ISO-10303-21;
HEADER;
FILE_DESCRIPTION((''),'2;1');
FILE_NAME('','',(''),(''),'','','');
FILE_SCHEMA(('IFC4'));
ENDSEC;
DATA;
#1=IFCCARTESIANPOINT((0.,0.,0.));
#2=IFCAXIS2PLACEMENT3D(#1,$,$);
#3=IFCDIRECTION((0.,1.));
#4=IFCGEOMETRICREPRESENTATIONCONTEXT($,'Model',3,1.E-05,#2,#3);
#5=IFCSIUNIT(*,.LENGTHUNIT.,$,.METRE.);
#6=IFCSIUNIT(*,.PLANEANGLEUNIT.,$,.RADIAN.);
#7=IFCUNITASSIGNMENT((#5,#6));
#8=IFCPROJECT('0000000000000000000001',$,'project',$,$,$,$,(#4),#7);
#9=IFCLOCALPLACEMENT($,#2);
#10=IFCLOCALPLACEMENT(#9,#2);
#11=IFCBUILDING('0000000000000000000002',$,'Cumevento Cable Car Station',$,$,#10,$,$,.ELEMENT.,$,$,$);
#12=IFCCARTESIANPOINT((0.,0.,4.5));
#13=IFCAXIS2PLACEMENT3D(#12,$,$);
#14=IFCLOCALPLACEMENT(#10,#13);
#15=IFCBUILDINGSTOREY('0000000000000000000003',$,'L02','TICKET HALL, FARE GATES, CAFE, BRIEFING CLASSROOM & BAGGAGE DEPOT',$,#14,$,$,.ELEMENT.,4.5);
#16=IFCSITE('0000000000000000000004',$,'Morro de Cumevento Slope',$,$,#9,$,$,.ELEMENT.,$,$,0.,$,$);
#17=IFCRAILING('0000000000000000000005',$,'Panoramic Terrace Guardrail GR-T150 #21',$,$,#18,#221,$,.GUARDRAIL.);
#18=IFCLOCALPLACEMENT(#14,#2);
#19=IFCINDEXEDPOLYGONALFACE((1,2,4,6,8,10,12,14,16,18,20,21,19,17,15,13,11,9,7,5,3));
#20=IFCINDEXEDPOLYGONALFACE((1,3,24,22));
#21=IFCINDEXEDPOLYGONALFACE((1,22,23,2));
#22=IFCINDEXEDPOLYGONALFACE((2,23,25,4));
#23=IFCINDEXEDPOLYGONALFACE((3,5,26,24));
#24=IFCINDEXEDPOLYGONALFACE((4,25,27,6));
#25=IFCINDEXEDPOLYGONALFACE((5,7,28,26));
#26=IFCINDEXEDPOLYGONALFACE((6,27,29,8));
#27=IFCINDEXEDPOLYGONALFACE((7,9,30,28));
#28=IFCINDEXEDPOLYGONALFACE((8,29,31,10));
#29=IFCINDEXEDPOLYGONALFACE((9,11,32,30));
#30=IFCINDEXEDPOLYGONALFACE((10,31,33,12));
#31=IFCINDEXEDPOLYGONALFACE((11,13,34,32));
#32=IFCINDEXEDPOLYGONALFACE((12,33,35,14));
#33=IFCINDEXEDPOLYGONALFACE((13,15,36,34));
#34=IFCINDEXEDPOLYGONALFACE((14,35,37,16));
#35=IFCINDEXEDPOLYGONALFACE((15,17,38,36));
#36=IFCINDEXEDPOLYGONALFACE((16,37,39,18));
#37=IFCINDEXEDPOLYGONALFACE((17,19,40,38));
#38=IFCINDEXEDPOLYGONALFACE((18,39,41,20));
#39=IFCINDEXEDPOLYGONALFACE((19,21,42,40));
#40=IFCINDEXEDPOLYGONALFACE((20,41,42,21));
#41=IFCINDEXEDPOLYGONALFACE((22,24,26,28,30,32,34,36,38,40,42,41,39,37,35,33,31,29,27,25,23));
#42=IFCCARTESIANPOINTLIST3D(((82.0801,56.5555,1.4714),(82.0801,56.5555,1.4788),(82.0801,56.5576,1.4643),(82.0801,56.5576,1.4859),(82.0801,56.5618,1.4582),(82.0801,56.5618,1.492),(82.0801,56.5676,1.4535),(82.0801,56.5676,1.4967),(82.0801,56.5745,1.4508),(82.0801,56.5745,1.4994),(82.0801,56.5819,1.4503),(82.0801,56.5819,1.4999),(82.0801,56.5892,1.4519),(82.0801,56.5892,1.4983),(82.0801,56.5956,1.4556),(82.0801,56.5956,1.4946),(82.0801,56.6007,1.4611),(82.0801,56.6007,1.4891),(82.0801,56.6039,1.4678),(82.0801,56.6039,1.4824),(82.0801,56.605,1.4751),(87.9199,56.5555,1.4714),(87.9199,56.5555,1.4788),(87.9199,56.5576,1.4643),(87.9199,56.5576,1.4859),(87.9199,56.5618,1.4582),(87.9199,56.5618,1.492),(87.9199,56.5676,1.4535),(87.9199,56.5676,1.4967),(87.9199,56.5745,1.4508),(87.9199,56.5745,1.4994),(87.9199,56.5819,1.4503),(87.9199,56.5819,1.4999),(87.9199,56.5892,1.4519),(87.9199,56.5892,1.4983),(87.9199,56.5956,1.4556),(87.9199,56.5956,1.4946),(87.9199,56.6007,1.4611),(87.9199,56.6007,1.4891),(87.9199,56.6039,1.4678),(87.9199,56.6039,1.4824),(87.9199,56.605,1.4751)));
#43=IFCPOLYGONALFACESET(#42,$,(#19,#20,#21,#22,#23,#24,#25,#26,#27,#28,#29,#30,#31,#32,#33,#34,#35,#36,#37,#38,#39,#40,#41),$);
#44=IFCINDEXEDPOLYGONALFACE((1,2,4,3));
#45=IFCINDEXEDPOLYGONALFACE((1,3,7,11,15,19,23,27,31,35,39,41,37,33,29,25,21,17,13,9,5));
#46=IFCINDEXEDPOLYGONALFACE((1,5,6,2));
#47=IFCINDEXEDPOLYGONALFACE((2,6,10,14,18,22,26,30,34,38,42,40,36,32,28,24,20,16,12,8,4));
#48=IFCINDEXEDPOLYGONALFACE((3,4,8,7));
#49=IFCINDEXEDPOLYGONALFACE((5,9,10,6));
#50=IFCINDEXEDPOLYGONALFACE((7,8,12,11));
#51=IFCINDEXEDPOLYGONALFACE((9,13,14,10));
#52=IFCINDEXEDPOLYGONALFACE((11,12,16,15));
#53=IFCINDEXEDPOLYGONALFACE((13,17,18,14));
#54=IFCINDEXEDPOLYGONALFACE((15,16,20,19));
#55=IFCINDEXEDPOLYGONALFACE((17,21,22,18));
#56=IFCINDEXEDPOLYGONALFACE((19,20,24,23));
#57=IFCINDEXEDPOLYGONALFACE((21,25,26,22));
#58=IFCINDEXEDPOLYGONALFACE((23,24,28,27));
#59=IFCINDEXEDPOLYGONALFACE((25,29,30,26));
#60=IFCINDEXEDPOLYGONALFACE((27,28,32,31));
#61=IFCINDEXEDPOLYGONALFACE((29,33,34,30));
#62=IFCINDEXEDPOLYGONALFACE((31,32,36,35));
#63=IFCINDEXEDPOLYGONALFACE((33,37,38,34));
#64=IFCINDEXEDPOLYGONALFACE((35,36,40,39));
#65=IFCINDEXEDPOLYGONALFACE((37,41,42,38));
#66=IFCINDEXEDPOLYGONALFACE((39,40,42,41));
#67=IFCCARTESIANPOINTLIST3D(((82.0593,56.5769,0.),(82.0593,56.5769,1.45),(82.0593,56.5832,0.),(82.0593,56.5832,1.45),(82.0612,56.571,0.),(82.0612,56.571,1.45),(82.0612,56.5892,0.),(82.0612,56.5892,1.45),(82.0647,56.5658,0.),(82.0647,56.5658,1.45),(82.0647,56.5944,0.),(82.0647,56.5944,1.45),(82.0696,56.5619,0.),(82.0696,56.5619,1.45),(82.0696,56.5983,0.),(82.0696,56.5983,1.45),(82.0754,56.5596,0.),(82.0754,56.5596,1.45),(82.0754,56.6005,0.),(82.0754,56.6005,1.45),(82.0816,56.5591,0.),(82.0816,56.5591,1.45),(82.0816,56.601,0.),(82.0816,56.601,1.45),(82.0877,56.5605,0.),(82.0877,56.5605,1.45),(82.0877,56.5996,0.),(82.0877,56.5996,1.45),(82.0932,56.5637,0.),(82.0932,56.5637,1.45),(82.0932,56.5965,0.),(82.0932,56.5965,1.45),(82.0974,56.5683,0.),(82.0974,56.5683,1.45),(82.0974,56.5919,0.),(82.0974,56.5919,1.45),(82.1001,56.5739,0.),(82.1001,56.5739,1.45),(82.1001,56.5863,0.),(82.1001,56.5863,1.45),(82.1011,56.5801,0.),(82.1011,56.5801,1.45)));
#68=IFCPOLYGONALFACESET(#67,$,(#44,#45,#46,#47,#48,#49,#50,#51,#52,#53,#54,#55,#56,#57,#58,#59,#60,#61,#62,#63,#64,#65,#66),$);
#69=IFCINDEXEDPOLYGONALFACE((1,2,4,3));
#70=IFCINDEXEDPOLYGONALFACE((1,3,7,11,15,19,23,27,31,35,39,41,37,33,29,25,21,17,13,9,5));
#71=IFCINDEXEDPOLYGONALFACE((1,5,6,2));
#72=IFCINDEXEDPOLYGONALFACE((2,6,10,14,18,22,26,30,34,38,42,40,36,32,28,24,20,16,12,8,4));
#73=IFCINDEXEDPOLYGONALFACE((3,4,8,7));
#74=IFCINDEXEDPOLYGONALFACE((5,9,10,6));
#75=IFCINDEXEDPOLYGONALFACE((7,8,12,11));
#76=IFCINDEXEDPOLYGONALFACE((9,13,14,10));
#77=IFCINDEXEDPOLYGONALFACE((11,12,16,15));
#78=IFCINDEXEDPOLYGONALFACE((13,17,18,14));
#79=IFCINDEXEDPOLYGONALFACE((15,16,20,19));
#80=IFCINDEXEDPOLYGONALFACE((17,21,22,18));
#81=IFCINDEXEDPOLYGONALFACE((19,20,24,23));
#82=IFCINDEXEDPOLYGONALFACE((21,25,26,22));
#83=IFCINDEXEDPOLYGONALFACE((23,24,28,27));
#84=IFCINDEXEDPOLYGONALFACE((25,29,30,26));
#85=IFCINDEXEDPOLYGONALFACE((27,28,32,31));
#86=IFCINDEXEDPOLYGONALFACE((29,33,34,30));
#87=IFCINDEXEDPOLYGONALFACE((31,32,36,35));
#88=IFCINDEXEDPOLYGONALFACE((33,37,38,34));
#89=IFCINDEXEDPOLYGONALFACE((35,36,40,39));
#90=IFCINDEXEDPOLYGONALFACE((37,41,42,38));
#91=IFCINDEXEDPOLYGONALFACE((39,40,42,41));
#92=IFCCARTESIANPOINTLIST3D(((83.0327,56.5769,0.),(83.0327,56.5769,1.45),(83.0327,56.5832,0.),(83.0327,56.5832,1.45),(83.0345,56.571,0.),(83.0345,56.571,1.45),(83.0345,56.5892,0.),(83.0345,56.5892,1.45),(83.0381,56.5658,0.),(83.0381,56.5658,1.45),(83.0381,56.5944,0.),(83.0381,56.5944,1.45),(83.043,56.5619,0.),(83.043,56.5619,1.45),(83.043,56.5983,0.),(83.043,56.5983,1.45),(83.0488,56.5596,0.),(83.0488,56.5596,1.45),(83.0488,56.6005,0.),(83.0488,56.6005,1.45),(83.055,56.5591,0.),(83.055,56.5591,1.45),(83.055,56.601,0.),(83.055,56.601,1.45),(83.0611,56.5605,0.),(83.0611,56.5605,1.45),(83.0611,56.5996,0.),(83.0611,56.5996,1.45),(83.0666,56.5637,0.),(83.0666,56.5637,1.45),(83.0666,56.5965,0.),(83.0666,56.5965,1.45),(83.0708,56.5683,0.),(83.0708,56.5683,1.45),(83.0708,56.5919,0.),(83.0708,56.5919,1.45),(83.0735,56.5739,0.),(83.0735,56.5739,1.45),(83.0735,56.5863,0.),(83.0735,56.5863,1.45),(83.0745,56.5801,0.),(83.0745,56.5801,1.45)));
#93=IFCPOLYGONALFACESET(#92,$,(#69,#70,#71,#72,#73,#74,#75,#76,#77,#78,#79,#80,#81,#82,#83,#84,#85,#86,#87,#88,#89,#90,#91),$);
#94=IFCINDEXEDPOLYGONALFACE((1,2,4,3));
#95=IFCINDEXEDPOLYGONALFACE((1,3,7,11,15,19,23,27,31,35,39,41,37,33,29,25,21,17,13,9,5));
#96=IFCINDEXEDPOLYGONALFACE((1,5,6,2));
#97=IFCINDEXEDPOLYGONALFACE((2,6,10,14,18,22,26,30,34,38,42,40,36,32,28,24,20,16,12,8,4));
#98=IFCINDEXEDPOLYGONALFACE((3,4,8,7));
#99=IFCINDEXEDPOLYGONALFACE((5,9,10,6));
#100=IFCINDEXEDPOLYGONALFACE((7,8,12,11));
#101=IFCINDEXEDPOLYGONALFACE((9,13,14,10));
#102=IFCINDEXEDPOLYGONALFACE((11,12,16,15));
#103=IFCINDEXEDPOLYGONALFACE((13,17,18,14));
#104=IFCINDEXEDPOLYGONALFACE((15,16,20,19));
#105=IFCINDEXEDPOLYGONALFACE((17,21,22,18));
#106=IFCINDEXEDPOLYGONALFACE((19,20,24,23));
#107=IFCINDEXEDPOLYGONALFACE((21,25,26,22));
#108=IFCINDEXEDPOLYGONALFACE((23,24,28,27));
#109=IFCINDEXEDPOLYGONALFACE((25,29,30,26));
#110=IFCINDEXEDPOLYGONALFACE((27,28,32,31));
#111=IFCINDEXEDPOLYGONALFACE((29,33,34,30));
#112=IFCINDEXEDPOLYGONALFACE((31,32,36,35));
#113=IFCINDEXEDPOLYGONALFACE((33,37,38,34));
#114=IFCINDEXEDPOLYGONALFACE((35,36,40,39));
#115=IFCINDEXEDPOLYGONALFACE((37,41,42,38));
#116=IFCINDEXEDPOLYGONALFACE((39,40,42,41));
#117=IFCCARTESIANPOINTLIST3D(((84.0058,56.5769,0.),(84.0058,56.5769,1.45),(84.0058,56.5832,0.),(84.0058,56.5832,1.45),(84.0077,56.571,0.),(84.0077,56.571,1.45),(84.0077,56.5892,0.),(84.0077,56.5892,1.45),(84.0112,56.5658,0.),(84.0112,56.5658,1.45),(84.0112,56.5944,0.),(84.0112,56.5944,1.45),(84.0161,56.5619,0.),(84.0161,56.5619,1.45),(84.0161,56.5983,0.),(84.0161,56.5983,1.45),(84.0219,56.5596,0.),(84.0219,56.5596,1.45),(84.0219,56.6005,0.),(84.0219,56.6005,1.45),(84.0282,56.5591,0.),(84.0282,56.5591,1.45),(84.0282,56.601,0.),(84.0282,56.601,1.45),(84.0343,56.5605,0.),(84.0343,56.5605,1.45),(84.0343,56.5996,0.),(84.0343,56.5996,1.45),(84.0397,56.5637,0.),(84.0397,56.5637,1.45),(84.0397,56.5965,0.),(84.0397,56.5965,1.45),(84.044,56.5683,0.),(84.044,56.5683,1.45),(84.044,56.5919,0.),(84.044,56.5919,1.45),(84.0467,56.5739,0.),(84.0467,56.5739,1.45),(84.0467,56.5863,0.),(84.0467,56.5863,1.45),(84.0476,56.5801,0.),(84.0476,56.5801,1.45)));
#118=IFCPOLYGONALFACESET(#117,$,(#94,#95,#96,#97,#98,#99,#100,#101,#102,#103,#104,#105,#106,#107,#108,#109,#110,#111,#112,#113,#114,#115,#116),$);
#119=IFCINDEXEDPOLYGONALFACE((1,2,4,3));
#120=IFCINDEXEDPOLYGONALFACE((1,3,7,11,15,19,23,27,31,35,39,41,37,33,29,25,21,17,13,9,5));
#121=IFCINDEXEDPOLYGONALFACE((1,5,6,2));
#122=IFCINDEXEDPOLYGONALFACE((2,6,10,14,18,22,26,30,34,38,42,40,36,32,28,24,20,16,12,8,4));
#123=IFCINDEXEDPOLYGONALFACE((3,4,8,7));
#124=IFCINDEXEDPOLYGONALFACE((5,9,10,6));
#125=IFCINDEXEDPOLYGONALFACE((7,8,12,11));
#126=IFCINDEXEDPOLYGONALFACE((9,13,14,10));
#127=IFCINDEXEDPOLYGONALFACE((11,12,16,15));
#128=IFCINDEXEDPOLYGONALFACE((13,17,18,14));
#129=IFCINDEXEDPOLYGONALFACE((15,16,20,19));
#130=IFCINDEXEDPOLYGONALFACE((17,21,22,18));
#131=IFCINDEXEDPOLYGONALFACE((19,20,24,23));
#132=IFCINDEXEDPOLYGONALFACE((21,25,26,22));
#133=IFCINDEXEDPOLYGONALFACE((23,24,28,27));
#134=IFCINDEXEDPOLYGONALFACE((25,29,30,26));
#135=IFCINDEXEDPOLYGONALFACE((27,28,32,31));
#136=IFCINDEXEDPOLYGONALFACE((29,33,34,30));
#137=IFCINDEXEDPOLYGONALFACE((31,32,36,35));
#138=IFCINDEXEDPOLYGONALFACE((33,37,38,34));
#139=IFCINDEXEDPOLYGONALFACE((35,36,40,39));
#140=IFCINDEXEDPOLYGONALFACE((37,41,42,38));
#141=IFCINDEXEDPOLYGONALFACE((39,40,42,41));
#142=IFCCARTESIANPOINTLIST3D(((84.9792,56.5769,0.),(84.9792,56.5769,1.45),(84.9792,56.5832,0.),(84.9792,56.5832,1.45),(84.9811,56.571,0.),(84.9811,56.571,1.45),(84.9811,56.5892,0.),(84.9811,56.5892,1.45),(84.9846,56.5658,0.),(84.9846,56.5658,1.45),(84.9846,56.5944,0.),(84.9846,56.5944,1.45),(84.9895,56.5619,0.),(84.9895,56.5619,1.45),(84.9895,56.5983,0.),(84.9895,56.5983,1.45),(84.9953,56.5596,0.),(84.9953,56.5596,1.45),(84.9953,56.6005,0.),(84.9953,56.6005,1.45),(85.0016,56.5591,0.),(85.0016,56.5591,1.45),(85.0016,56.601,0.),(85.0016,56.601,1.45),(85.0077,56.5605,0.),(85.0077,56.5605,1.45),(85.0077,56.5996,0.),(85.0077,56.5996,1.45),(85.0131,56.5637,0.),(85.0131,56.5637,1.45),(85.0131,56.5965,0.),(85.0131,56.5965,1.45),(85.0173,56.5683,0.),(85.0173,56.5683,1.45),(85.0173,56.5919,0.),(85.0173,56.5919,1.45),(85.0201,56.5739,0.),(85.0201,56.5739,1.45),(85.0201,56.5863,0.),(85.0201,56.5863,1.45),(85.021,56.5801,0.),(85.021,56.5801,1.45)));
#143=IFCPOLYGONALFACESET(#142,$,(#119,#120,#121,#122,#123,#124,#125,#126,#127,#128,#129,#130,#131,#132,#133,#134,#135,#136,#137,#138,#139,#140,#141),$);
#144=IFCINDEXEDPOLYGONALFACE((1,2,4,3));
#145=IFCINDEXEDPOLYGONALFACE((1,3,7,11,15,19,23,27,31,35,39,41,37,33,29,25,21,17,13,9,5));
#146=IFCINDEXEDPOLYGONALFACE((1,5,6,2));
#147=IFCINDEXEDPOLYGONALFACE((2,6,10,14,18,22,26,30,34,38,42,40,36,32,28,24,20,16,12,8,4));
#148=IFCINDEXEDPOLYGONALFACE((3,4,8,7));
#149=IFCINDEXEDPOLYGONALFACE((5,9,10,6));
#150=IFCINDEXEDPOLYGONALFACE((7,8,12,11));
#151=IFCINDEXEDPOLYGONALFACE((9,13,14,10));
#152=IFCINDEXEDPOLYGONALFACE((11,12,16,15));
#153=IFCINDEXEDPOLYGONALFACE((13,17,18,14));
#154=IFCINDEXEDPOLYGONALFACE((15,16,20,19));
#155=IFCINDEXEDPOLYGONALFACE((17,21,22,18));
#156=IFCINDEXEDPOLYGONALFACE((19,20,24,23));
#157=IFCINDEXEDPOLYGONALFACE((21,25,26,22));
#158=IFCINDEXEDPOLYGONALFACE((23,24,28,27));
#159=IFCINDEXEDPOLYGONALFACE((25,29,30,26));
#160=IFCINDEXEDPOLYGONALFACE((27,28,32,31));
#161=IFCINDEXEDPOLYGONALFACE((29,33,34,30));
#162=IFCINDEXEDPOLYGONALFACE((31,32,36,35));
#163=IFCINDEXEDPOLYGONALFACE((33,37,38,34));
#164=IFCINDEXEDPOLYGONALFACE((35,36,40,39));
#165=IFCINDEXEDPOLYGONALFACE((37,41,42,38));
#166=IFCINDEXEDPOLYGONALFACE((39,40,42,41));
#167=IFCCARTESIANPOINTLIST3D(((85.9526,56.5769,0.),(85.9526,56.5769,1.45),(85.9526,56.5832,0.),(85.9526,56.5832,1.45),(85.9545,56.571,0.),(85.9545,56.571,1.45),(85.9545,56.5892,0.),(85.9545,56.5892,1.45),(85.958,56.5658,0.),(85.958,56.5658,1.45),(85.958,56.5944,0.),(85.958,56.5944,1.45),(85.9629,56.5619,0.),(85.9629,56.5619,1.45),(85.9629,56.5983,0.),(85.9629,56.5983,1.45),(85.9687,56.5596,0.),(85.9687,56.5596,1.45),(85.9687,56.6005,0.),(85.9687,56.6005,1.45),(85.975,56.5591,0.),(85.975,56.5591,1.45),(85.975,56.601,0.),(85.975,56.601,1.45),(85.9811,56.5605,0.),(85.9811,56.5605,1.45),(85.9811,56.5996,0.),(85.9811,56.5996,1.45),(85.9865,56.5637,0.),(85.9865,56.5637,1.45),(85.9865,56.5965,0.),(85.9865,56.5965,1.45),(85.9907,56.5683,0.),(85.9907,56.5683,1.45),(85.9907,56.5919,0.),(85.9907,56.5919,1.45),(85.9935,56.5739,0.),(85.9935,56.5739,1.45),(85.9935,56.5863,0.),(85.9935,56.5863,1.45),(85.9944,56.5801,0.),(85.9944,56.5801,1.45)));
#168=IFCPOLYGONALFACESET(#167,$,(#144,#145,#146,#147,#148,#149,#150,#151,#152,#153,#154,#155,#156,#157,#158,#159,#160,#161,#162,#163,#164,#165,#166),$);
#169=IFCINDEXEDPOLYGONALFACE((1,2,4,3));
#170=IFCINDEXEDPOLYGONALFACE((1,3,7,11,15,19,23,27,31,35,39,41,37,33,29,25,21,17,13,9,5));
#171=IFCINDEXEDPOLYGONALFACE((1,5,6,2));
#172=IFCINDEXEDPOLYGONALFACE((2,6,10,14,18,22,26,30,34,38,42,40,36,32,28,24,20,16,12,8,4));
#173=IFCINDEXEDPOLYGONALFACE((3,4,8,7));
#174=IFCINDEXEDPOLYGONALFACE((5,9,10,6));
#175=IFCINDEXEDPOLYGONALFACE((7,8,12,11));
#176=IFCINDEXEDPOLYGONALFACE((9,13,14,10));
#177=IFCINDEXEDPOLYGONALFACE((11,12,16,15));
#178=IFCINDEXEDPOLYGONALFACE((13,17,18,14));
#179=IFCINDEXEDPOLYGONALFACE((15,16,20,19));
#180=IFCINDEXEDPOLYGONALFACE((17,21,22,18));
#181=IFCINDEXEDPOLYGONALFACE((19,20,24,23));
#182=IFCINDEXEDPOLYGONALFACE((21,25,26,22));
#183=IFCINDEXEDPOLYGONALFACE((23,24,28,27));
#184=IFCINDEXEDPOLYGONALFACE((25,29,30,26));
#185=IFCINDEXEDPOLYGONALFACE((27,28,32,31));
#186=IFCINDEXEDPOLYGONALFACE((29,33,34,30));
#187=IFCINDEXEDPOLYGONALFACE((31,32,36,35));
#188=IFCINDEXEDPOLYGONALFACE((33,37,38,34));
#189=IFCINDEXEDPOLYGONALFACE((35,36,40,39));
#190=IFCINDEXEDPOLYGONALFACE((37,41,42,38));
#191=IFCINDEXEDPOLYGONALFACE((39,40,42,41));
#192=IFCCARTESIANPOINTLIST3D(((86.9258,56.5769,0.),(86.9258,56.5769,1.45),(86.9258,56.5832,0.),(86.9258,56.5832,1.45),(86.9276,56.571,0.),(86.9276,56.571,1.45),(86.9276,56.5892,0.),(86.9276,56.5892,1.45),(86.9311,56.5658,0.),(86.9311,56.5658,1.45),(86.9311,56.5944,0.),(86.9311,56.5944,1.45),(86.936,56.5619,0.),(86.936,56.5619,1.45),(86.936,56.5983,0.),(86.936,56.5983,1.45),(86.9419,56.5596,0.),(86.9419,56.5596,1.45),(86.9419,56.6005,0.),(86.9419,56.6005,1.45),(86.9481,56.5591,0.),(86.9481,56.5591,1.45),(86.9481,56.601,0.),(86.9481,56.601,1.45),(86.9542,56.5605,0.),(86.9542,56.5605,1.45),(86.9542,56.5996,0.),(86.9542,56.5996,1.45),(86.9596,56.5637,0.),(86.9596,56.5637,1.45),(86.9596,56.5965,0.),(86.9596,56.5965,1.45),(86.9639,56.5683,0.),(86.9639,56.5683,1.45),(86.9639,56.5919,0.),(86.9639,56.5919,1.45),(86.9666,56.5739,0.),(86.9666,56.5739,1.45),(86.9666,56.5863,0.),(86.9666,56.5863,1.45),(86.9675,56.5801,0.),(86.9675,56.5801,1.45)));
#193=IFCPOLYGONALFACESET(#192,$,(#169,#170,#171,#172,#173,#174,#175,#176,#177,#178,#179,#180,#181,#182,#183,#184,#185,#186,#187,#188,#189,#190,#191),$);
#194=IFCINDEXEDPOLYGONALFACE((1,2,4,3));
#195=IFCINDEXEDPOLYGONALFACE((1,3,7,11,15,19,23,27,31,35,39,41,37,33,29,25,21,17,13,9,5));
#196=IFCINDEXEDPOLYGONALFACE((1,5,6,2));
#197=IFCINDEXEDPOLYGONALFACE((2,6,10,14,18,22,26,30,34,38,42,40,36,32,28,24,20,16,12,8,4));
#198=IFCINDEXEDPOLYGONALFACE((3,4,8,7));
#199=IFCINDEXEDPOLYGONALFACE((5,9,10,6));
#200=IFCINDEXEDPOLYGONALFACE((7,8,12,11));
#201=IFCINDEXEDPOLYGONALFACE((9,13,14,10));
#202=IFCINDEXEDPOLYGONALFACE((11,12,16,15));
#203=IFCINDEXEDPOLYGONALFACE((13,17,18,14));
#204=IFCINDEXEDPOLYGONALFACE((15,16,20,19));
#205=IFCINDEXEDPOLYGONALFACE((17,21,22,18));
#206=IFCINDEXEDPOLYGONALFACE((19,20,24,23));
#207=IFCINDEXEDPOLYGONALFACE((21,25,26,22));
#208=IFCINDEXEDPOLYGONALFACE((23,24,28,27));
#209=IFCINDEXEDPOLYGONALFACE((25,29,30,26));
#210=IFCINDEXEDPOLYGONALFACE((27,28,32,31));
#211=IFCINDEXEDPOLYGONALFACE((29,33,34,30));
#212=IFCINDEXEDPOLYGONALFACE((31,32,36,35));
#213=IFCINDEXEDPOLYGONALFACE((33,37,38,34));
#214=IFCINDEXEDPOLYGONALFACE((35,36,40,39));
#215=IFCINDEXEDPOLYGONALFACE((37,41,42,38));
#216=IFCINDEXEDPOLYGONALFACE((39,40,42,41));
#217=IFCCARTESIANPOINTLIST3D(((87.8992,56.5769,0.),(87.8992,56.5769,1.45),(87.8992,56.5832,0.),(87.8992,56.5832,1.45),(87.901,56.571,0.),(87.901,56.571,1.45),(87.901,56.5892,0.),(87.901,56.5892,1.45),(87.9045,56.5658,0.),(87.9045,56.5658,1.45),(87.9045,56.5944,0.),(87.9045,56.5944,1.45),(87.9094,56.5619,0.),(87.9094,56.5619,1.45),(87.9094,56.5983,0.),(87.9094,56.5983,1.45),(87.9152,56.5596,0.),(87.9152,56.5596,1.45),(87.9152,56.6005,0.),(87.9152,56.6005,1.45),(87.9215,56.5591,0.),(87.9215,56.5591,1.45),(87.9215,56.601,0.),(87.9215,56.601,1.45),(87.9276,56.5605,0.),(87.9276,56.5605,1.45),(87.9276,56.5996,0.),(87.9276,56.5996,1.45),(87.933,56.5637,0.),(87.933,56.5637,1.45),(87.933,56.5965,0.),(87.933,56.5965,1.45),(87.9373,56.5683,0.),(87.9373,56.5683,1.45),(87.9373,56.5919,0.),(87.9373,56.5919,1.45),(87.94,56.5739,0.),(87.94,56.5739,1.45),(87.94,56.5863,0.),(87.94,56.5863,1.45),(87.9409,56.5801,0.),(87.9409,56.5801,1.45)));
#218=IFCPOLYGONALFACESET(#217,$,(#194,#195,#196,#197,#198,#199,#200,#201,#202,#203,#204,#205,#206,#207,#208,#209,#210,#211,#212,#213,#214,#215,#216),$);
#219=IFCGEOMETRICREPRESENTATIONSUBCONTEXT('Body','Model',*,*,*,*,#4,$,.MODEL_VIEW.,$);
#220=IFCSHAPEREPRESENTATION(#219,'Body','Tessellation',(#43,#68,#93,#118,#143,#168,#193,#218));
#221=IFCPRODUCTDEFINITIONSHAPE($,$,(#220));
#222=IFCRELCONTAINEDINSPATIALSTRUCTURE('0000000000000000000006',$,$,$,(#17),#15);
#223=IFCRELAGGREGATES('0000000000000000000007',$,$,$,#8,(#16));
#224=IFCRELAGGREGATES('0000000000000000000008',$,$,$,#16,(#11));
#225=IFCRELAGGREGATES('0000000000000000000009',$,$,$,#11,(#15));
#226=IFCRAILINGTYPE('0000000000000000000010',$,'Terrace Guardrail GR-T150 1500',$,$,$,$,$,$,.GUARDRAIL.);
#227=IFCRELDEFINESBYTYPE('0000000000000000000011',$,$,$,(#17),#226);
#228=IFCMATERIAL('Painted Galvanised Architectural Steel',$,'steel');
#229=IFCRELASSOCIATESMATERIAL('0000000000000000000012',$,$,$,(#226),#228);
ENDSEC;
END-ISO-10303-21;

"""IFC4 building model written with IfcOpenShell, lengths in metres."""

from ifc_helpers import new_model, si_unit, direction, frame, origin, origin_2d, place, context, subcontext, project, spatial, circle, extrude, material, type_object, element, save


model = new_model("IFC4")

# Units and contexts
model_context = context("Model", 3, precision=1e-05, world=origin(), true_north=direction((0.0, 1.0)))
body_context = subcontext(model_context, "Body", "Model", "MODEL_VIEW")
ifc_project = project(units=[si_unit("LENGTHUNIT", "METRE"), si_unit("PLANEANGLEUNIT", "RADIAN")], contexts=[model_context])

# Site, building, storey
site_placement = place(None, origin())
site = spatial("IfcSite", under=ifc_project, at=site_placement, Name="Morro de Cumevento Slope", CompositionType="ELEMENT", RefElevation=0.0)
building_placement = place(site_placement, origin())
building = spatial("IfcBuilding", under=site, at=building_placement, Name="Cumevento Cable Car Station", CompositionType="ELEMENT")
storey_placement = place(building_placement, frame((0.0, 0.0, 4.5)))
storey = spatial("IfcBuildingStorey", under=building, at=storey_placement, Name="L02", Description="TICKET HALL, FARE GATES, CAFE, BRIEFING CLASSROOM & BAGGAGE DEPOT", CompositionType="ELEMENT", Elevation=4.5)

# Railing
ifc_material_1 = material(Name="Painted Galvanised Architectural Steel", Category="steel")
railing_type = type_object("IfcRailingType", Name="Terrace Guardrail GR-T150 1500", PredefinedType="GUARDRAIL", material=ifc_material_1)
railing_1_placement = place(storey_placement, frame((82.0801, 56.5801, 0.0)))
element("IfcRailing", 1, at=railing_1_placement, inside=storey, type_object=railing_type, Name="Panoramic Terrace Guardrail GR-T150 #21", PredefinedType="GUARDRAIL", context=body_context, shape_type="SweptSolid", body=[
    extrude(circle(Radius=0.0249, at=origin_2d()), frame((0.0, 0.0, 1.4751), z_axis=(1.0, 0.0, 0.0), x_axis=(0.0, 1.0, 0.0)), (0.0, 0.0, 1.0), 5.8398),
    extrude(circle(Radius=0.021, at=origin_2d()), origin(), (0.0, 0.0, 1.0), 1.45),
    extrude(circle(Radius=0.021, at=origin_2d()), frame((0.9734, 0.0, 0.0)), (0.0, 0.0, 1.0), 1.45),
    extrude(circle(Radius=0.021, at=origin_2d()), frame((1.9465, 0.0, 0.0)), (0.0, 0.0, 1.0), 1.45),
    extrude(circle(Radius=0.021, at=origin_2d()), frame((2.9199, 0.0, 0.0)), (0.0, 0.0, 1.0), 1.45),
    extrude(circle(Radius=0.021, at=origin_2d()), frame((3.8933, 0.0, 0.0)), (0.0, 0.0, 1.0), 1.45),
    extrude(circle(Radius=0.021, at=origin_2d()), frame((4.8665, 0.0, 0.0)), (0.0, 0.0, 1.0), 1.45),
    extrude(circle(Radius=0.021, at=origin_2d()), frame((5.8398, 0.0, 0.0)), (0.0, 0.0, 1.0), 1.45),
])

save(model, "model.ifc")
